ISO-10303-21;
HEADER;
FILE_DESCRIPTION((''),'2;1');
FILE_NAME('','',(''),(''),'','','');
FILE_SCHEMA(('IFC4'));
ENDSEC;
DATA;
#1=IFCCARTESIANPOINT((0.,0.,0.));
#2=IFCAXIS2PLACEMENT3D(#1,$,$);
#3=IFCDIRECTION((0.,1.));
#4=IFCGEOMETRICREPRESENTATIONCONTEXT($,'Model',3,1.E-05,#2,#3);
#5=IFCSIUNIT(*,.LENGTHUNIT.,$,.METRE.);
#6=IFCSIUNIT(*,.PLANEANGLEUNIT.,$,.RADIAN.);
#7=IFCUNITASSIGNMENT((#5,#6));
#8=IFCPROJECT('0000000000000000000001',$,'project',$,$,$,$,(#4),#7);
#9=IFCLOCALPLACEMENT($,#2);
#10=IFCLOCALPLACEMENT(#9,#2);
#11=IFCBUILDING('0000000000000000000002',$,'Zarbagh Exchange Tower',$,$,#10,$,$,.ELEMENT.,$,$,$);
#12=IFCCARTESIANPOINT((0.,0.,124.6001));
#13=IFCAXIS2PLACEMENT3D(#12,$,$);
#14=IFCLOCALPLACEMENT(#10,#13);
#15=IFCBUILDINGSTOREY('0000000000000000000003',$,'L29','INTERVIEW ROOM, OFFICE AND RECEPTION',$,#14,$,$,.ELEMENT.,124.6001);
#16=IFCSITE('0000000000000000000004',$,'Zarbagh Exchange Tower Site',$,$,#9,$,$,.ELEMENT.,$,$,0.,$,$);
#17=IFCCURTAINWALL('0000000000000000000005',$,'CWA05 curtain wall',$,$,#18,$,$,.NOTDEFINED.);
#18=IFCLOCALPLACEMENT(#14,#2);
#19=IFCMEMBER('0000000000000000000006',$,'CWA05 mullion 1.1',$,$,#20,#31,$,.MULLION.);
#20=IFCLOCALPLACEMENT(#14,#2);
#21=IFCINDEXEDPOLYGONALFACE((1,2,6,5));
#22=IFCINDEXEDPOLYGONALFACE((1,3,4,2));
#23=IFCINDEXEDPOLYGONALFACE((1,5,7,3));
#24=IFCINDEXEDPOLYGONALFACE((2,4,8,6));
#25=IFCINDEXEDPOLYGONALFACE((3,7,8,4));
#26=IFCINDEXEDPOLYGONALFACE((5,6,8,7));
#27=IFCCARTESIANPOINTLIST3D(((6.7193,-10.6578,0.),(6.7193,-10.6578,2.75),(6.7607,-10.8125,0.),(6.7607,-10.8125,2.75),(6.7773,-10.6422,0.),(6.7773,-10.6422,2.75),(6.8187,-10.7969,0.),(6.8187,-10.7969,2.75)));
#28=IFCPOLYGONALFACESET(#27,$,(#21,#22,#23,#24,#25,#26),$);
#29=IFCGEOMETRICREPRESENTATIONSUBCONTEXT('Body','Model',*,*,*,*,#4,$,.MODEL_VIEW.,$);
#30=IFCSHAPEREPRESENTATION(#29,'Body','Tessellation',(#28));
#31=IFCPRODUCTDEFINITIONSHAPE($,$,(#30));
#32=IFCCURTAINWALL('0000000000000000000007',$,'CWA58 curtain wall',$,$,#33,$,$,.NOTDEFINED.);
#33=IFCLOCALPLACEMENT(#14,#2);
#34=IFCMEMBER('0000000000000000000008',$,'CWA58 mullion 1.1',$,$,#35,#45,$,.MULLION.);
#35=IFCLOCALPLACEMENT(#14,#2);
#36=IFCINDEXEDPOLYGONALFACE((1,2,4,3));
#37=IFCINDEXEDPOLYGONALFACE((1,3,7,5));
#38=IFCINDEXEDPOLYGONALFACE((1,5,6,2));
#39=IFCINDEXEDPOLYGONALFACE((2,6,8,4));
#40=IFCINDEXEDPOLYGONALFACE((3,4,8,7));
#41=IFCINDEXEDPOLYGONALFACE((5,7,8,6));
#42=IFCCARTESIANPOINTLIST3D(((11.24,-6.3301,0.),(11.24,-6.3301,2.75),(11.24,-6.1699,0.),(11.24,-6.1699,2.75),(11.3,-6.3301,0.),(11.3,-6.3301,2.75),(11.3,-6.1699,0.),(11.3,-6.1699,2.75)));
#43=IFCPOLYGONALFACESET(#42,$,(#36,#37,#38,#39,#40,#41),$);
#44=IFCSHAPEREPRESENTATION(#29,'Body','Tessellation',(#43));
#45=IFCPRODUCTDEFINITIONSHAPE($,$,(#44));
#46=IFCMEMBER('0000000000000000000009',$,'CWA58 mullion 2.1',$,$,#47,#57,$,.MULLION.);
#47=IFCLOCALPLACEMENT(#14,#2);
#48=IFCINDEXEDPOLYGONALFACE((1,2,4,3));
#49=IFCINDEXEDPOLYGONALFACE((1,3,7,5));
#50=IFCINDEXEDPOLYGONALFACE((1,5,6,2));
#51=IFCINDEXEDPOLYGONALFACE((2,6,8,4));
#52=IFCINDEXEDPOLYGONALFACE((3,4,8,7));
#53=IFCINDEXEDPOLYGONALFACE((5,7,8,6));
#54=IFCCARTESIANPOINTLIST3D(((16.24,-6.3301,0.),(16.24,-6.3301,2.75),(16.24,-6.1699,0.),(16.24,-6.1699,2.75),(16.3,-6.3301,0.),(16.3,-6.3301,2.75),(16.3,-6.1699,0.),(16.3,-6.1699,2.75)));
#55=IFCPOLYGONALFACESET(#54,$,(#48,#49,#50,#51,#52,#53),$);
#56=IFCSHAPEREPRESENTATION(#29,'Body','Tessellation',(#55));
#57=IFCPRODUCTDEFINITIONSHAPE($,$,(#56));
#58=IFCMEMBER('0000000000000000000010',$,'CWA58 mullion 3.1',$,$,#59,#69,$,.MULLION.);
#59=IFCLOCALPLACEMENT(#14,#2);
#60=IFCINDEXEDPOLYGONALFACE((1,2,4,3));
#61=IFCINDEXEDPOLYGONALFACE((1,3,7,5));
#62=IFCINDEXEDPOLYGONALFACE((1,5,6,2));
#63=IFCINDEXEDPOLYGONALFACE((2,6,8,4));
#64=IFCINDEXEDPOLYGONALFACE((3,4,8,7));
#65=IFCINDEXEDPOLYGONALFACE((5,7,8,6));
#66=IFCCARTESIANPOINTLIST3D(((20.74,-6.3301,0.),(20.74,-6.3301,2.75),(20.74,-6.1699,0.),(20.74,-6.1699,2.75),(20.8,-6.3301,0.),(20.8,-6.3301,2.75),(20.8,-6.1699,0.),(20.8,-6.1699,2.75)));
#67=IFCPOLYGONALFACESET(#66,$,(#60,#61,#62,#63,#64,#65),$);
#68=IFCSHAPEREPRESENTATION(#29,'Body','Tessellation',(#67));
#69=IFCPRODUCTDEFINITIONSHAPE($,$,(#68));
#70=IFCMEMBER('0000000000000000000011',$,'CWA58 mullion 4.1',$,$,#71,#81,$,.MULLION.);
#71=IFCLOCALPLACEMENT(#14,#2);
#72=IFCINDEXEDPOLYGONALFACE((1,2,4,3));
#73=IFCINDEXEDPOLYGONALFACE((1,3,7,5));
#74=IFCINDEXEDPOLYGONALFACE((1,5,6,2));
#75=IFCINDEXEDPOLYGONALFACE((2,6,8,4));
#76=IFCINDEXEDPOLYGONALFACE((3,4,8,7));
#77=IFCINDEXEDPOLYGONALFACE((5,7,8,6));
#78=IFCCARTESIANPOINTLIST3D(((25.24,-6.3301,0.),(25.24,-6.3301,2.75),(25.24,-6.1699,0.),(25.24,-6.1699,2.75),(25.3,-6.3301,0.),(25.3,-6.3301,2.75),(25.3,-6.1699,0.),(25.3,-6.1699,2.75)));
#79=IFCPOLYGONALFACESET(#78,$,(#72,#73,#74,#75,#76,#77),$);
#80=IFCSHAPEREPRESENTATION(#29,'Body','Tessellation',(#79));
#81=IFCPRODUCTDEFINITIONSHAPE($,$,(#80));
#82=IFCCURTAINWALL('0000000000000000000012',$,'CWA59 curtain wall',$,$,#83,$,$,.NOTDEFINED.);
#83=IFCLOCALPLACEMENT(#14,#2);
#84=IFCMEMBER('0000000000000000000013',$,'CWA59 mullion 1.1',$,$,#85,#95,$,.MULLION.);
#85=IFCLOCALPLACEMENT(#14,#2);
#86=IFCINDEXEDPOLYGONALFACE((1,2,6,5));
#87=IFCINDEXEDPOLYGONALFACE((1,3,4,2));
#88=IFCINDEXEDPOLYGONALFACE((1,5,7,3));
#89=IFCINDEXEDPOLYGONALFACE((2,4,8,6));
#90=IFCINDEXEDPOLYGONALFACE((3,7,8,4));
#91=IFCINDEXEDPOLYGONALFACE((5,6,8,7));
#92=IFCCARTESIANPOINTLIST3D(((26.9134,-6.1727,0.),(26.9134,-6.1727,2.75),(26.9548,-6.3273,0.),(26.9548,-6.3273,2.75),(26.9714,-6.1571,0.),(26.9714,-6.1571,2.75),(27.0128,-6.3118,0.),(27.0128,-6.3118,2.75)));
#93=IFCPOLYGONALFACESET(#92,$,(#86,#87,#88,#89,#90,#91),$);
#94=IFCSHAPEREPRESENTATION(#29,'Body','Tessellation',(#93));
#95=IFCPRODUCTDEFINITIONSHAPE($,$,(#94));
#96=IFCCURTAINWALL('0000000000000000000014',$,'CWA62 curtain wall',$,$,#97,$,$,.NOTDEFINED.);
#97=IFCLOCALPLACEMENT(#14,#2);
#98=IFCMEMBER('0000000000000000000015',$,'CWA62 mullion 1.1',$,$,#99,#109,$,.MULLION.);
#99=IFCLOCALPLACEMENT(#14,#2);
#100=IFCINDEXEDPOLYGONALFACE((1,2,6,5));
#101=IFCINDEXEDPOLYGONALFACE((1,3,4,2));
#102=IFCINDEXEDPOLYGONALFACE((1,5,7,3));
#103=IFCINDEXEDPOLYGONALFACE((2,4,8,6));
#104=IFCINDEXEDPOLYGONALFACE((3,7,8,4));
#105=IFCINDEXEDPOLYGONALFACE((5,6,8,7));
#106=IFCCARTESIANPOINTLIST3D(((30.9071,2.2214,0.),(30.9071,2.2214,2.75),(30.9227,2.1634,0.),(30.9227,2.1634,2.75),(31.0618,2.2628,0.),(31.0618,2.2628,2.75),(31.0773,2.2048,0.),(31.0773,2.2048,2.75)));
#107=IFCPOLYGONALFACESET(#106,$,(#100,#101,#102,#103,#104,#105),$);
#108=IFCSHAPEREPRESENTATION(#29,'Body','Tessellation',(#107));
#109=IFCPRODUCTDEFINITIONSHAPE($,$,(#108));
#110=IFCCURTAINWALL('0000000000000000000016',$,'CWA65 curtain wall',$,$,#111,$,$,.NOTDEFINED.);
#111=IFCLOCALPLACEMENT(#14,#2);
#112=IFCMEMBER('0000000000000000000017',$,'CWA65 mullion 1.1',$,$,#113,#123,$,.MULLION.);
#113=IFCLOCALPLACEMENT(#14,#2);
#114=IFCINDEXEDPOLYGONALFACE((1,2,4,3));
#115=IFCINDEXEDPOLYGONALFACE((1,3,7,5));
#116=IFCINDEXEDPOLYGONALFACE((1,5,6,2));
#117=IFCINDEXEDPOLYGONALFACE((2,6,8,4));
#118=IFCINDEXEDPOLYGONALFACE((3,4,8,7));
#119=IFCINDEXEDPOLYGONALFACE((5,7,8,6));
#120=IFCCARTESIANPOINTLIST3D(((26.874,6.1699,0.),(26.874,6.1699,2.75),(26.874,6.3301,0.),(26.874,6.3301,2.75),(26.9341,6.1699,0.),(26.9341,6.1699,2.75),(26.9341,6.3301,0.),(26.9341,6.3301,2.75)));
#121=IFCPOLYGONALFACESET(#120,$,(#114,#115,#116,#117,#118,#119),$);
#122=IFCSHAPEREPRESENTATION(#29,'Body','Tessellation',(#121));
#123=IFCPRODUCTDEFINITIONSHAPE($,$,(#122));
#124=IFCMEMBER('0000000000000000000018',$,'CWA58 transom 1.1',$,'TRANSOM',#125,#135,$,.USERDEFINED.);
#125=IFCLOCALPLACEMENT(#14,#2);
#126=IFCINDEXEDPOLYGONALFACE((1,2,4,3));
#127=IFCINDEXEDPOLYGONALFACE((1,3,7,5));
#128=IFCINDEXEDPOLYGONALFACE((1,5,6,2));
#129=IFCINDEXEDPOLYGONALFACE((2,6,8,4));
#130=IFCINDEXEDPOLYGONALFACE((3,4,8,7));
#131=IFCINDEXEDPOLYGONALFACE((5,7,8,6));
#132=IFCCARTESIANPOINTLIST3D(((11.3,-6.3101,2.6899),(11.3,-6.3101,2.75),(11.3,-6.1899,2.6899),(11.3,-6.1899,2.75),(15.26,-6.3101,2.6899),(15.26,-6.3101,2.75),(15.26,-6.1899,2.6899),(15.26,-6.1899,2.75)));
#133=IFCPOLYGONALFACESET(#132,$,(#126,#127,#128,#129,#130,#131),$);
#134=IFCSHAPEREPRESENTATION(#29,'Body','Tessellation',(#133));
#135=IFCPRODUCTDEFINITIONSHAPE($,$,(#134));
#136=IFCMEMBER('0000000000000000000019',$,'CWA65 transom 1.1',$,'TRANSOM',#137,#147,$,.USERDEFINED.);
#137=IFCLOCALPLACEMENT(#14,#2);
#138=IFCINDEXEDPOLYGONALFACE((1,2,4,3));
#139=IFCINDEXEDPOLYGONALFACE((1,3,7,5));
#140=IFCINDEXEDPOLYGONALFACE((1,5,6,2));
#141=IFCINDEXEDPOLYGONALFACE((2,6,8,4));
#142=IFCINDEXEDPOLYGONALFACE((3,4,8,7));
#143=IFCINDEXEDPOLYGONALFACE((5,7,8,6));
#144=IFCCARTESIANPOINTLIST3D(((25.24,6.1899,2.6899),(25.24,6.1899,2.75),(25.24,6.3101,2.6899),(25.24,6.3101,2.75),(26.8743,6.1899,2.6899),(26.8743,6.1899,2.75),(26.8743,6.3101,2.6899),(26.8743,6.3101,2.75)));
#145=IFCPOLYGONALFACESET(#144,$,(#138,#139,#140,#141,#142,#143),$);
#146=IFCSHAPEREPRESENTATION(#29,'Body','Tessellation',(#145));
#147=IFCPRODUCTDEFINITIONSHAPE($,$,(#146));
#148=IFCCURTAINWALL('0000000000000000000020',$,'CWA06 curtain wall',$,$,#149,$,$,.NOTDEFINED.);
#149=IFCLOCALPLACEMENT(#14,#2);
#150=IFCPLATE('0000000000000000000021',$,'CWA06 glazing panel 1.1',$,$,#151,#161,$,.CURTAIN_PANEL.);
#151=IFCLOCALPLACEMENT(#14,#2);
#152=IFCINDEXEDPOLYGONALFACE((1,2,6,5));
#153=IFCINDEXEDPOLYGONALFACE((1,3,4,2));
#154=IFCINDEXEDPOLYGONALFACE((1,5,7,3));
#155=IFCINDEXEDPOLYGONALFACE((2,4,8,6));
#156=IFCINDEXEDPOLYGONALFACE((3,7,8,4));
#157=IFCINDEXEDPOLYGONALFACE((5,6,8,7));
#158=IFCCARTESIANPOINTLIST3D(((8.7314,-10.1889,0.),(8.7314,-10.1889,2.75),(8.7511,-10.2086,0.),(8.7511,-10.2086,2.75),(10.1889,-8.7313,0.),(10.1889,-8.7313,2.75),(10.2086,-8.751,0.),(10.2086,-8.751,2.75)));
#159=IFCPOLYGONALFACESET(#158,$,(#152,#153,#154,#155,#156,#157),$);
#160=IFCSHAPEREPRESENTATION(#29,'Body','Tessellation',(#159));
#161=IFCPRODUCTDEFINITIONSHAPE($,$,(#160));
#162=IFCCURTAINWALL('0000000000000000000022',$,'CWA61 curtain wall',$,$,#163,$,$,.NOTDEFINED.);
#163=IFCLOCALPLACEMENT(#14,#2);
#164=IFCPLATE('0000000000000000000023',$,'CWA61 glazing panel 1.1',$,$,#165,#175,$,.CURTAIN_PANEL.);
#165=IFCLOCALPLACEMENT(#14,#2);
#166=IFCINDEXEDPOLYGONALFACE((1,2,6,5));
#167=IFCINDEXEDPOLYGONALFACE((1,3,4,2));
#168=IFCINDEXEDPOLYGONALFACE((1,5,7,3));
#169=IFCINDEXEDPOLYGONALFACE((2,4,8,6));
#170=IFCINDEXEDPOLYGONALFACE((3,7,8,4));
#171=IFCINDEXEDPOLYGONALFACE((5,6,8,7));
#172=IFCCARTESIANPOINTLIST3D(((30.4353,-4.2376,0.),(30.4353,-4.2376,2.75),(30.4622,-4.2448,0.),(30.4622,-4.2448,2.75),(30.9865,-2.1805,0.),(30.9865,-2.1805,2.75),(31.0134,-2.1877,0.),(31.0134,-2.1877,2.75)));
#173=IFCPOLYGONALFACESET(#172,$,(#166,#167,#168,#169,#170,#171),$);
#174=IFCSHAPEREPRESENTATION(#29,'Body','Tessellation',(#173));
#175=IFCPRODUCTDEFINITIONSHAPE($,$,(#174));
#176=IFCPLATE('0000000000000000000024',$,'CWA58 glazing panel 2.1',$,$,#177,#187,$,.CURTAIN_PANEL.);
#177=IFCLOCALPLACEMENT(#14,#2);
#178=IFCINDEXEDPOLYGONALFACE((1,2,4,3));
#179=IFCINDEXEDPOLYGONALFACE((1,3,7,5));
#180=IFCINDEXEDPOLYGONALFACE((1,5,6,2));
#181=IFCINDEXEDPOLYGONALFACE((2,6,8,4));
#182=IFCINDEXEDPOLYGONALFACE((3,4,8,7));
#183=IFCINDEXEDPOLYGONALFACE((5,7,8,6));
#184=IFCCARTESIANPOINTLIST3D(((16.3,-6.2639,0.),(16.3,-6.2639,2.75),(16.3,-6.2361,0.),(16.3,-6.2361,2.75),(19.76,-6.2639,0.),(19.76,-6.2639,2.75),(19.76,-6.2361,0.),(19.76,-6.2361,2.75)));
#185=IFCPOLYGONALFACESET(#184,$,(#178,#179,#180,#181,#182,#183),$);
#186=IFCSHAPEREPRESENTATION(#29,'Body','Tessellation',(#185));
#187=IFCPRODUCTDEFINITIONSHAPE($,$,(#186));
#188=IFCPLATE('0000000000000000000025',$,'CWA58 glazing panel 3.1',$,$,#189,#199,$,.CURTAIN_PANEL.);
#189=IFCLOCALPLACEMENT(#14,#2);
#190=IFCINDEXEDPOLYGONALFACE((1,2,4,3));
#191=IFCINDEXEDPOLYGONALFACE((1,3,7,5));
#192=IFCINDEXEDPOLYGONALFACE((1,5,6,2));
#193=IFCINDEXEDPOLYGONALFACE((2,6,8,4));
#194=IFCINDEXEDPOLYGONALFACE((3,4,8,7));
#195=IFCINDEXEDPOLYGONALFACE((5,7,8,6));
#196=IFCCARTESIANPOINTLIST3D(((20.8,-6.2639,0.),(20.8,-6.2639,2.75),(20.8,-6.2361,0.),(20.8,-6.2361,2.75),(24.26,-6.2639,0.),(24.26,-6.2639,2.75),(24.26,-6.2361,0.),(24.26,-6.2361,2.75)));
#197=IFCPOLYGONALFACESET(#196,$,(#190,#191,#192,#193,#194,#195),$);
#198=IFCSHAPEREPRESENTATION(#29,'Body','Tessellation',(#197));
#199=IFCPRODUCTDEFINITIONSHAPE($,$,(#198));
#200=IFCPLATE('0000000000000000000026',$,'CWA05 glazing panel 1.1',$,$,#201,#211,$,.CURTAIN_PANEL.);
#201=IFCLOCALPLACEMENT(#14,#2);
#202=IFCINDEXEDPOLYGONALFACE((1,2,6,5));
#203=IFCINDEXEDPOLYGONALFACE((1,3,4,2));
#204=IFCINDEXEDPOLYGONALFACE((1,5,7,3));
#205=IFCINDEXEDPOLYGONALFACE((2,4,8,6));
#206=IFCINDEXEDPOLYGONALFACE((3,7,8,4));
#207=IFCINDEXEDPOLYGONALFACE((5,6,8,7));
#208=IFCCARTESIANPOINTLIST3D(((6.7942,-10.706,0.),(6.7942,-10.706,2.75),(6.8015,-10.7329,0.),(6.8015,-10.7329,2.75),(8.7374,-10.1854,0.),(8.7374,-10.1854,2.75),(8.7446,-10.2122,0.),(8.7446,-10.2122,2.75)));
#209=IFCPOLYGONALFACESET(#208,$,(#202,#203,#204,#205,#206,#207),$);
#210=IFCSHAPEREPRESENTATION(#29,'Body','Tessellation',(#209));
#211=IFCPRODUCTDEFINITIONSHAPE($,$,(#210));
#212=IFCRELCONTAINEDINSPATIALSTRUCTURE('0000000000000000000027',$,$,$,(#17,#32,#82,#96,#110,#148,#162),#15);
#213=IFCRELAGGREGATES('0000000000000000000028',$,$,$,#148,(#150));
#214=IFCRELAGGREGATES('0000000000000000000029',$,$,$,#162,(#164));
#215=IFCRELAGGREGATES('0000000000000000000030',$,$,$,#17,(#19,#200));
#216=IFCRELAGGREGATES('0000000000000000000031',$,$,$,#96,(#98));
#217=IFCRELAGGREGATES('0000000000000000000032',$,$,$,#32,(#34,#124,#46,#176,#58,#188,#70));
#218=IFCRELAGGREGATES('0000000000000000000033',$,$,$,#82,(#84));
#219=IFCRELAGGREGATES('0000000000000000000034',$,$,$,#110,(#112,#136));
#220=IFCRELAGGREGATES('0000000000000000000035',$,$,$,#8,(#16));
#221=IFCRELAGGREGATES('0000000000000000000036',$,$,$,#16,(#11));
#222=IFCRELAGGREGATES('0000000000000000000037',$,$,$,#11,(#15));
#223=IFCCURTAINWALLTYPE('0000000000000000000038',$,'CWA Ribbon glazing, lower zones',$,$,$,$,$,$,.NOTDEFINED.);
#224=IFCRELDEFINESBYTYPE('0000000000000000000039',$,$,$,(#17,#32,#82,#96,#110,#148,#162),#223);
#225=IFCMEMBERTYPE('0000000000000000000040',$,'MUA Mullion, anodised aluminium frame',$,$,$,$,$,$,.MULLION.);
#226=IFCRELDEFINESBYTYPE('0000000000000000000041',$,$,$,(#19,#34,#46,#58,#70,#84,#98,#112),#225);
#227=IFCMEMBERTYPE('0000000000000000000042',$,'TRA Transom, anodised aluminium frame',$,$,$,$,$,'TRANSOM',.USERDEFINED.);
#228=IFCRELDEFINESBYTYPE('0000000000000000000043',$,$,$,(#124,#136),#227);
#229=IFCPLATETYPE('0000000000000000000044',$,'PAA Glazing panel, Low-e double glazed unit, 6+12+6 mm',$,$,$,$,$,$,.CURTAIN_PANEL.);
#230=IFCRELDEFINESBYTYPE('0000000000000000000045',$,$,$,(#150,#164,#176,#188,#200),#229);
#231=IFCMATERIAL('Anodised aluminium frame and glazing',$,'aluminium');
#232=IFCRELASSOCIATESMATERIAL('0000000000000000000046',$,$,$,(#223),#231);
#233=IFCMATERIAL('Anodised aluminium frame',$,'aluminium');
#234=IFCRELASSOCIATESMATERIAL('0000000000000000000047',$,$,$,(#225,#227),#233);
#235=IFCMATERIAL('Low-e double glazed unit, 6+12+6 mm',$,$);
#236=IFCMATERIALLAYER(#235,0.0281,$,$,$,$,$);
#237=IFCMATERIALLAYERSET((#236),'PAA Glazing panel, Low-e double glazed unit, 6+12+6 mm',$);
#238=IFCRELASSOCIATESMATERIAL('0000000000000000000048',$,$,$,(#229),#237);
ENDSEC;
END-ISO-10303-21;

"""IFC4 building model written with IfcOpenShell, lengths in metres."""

from ifc_helpers import new_model, si_unit, direction, frame, origin, place, context, subcontext, project, spatial, polyline, outline, extrude, source, transform, mapped, material, layer, layer_set, type_object, element, aggregate, save


model = new_model("IFC4")

# Units and contexts
model_context = context("Model", 3, precision=1e-05, world=origin(), true_north=direction((0.0, 1.0)))
body_context = subcontext(model_context, "Body", "Model", "MODEL_VIEW")
ifc_project = project(units=[si_unit("LENGTHUNIT", "METRE"), si_unit("PLANEANGLEUNIT", "RADIAN")], contexts=[model_context])

# Site, building, storey
site_placement = place(None, origin())
site = spatial("IfcSite", under=ifc_project, at=site_placement, Name="Zarbagh Exchange Tower Site", CompositionType="ELEMENT", RefElevation=0.0)
building_placement = place(site_placement, origin())
building = spatial("IfcBuilding", under=site, at=building_placement, Name="Zarbagh Exchange Tower", CompositionType="ELEMENT")
storey_placement = place(building_placement, frame((0.0, 0.0, 124.6001)))
storey = spatial("IfcBuildingStorey", under=building, at=storey_placement, Name="L29", Description="INTERVIEW ROOM, OFFICE AND RECEPTION", CompositionType="ELEMENT", Elevation=124.6001)

# Curtain wall, member
ifc_material_1 = material(Name="Anodised aluminium frame and glazing", Category="aluminium")
curtain_wall_type = type_object("IfcCurtainWallType", Name="CWA Ribbon glazing, lower zones", PredefinedType="NOTDEFINED", material=ifc_material_1)
curtain_wall_1_placement = place(storey_placement, origin())
curtain_wall_1 = element("IfcCurtainWall", 1, at=curtain_wall_1_placement, inside=storey, type_object=curtain_wall_type, Name="CWA05 curtain wall", PredefinedType="NOTDEFINED")
ifc_material_2 = material(Name="Anodised aluminium frame", Category="aluminium")
member_type_1 = type_object("IfcMemberType", Name="MUA Mullion, anodised aluminium frame", PredefinedType="MULLION", material=ifc_material_2)
shared_shape_1 = source(origin(), body_context, "Body", "SweptSolid", [
    extrude(outline(polyline([(0.0, -0.0801), (0.0601, -0.0801), (0.0601, 0.0801), (0.0, 0.0801), (0.0, -0.0801)])), origin(), (0.0, 0.0, 1.0), 2.75),
])
placement = place(storey_placement, origin())
member_1 = element("IfcMember", 2, at=placement, type_object=member_type_1, Name="CWA05 mullion 1.1", PredefinedType="MULLION", context=body_context, shape_type="MappedRepresentation", body=[
    mapped(shared_shape_1, transform((6.74, -10.7351, 0.0), x_axis=(0.965924, 0.258825, 0.0), y_axis=(-0.258825, 0.965924, 0.0), z_axis=(0.0, 0.0, 1.0))),
])

# Curtain wall, members
curtain_wall_2_placement = place(storey_placement, origin())
curtain_wall_2 = element("IfcCurtainWall", 3, at=curtain_wall_2_placement, inside=storey, type_object=curtain_wall_type, Name="CWA58 curtain wall", PredefinedType="NOTDEFINED")
member_2 = element("IfcMember", 4, at=placement, type_object=member_type_1, Name="CWA58 mullion 1.1", PredefinedType="MULLION", context=body_context, shape_type="MappedRepresentation", body=[
    mapped(shared_shape_1, transform((11.24, -6.25, 0.0), x_axis=(1.0, 0.0, 0.0), y_axis=(0.0, 1.0, 0.0), z_axis=(0.0, 0.0, 1.0))),
])
member_3 = element("IfcMember", 5, at=placement, type_object=member_type_1, Name="CWA58 mullion 2.1", PredefinedType="MULLION", context=body_context, shape_type="MappedRepresentation", body=[
    mapped(shared_shape_1, transform((16.24, -6.25, 0.0), x_axis=(1.0, 0.0, 0.0), y_axis=(0.0, 1.0, 0.0), z_axis=(0.0, 0.0, 1.0))),
])
member_4 = element("IfcMember", 6, at=placement, type_object=member_type_1, Name="CWA58 mullion 3.1", PredefinedType="MULLION", context=body_context, shape_type="MappedRepresentation", body=[
    mapped(shared_shape_1, transform((20.74, -6.25, 0.0), x_axis=(1.0, 0.0, 0.0), y_axis=(0.0, 1.0, 0.0), z_axis=(0.0, 0.0, 1.0))),
])
member_5 = element("IfcMember", 7, at=placement, type_object=member_type_1, Name="CWA58 mullion 4.1", PredefinedType="MULLION", context=body_context, shape_type="MappedRepresentation", body=[
    mapped(shared_shape_1, transform((25.24, -6.25, 0.0), x_axis=(1.0, 0.0, 0.0), y_axis=(0.0, 1.0, 0.0), z_axis=(0.0, 0.0, 1.0))),
])

# Curtain walls, members
curtain_wall_3_placement = place(storey_placement, origin())
curtain_wall_3 = element("IfcCurtainWall", 8, at=curtain_wall_3_placement, inside=storey, type_object=curtain_wall_type, Name="CWA59 curtain wall", PredefinedType="NOTDEFINED")
member_6 = element("IfcMember", 9, at=placement, type_object=member_type_1, Name="CWA59 mullion 1.1", PredefinedType="MULLION", context=body_context, shape_type="MappedRepresentation", body=[
    mapped(shared_shape_1, transform((26.9341, -6.25, 0.0), x_axis=(0.965924, 0.258825, 0.0), y_axis=(-0.258825, 0.965924, 0.0), z_axis=(0.0, 0.0, 1.0))),
])
curtain_wall_4_placement = place(storey_placement, origin())
curtain_wall_4 = element("IfcCurtainWall", 10, at=curtain_wall_4_placement, inside=storey, type_object=curtain_wall_type, Name="CWA62 curtain wall", PredefinedType="NOTDEFINED")
member_7 = element("IfcMember", 11, at=placement, type_object=member_type_1, Name="CWA62 mullion 1.1", PredefinedType="MULLION", context=body_context, shape_type="MappedRepresentation", body=[
    mapped(shared_shape_1, transform((31.0, 2.1841, 0.0), x_axis=(-0.258825, 0.965924, 0.0), y_axis=(-0.965924, -0.258825, 0.0), z_axis=(0.0, 0.0, 1.0))),
])
curtain_wall_5_placement = place(storey_placement, origin())
curtain_wall_5 = element("IfcCurtainWall", 12, at=curtain_wall_5_placement, inside=storey, type_object=curtain_wall_type, Name="CWA65 curtain wall", PredefinedType="NOTDEFINED")
member_8 = element("IfcMember", 13, at=placement, type_object=member_type_1, Name="CWA65 mullion 1.1", PredefinedType="MULLION", context=body_context, shape_type="MappedRepresentation", body=[
    mapped(shared_shape_1, transform((26.9341, 6.25, 0.0), x_axis=(-1.0, 0.0, 0.0), y_axis=(0.0, -1.0, 0.0), z_axis=(0.0, 0.0, 1.0))),
])

# Members
member_type_2 = type_object("IfcMemberType", Name="TRA Transom, anodised aluminium frame", ElementType="TRANSOM", PredefinedType="USERDEFINED", material=ifc_material_2)
shared_shape_2 = source(origin(), body_context, "Body", "SweptSolid", [
    extrude(outline(polyline([(-0.0601, -0.0601), (0.0, -0.0601), (0.0, 0.0601), (-0.0601, 0.0601), (-0.0601, -0.0601)])), origin(), (0.0, 0.0, 1.0), 3.96),
])
member_9 = element("IfcMember", 14, at=placement, type_object=member_type_2, Name="CWA58 transom 1.1", ObjectType="TRANSOM", PredefinedType="USERDEFINED", context=body_context, shape_type="MappedRepresentation", body=[
    mapped(shared_shape_2, transform((11.3, -6.25, 2.75), x_axis=(0.0, 0.0, 1.0), y_axis=(0.0, -1.0, 0.0), z_axis=(1.0, 0.0, 0.0))),
])
shared_shape_3 = source(origin(), body_context, "Body", "SweptSolid", [
    extrude(outline(polyline([(-0.0601, -0.0601), (0.0, -0.0601), (0.0, 0.0601), (-0.0601, 0.0601), (-0.0601, -0.0601)])), origin(), (0.0, 0.0, 1.0), 1.6343),
])
member_10 = element("IfcMember", 15, at=placement, type_object=member_type_2, Name="CWA65 transom 1.1", ObjectType="TRANSOM", PredefinedType="USERDEFINED", context=body_context, shape_type="MappedRepresentation", body=[
    mapped(shared_shape_3, transform((26.8743, 6.25, 2.75), x_axis=(0.0, 0.0, 1.0), y_axis=(0.0, 1.0, 0.0), z_axis=(-1.0, 0.0, 0.0))),
])

# Curtain walls, plates
curtain_wall_6_placement = place(storey_placement, origin())
curtain_wall_6 = element("IfcCurtainWall", 16, at=curtain_wall_6_placement, inside=storey, type_object=curtain_wall_type, Name="CWA06 curtain wall", PredefinedType="NOTDEFINED")
ifc_material_3 = material(Name="Low-e double glazed unit, 6+12+6 mm")
ifc_layer = layer(ifc_material_3, 0.0281)
ifc_layer_set = layer_set([ifc_layer], Name="PAA Glazing panel, Low-e double glazed unit, 6+12+6 mm")
plate_type = type_object("IfcPlateType", Name="PAA Glazing panel, Low-e double glazed unit, 6+12+6 mm", PredefinedType="CURTAIN_PANEL", material=ifc_layer_set)
shared_shape_4 = source(origin(), body_context, "Body", "SweptSolid", [
    extrude(outline(polyline([(0.0, -0.0139), (2.0613, -0.0139), (2.0613, 0.0139), (0.0, 0.0139), (0.0, -0.0139)])), origin(), (0.0, 0.0, 1.0), 2.75),
])
plate_1 = element("IfcPlate", 17, at=placement, type_object=plate_type, Name="CWA06 glazing panel 1.1", PredefinedType="CURTAIN_PANEL", context=body_context, shape_type="MappedRepresentation", body=[
    mapped(shared_shape_4, transform((8.7412, -10.1987, 0.0), x_axis=(0.707107, 0.707107, 0.0), y_axis=(-0.707107, 0.707107, 0.0), z_axis=(0.0, 0.0, 1.0))),
])
aggregate(curtain_wall_6, [plate_1])
curtain_wall_7_placement = place(storey_placement, origin())
curtain_wall_7 = element("IfcCurtainWall", 18, at=curtain_wall_7_placement, inside=storey, type_object=curtain_wall_type, Name="CWA61 curtain wall", PredefinedType="NOTDEFINED")
shared_shape_5 = source(origin(), body_context, "Body", "SweptSolid", [
    extrude(outline(polyline([(0.0, -0.0139), (2.1296, -0.0139), (2.1296, 0.0139), (0.0, 0.0139), (0.0, -0.0139)])), origin(), (0.0, 0.0, 1.0), 2.75),
])
plate_2 = element("IfcPlate", 19, at=placement, type_object=plate_type, Name="CWA61 glazing panel 1.1", PredefinedType="CURTAIN_PANEL", context=body_context, shape_type="MappedRepresentation", body=[
    mapped(shared_shape_5, transform((30.4487, -4.2412, 0.0), x_axis=(0.258825, 0.965924, 0.0), y_axis=(-0.965924, 0.258825, 0.0), z_axis=(0.0, 0.0, 1.0))),
])
aggregate(curtain_wall_7, [plate_2])

# Plates
shared_shape_6 = source(origin(), body_context, "Body", "SweptSolid", [
    extrude(outline(polyline([(0.0, -0.0139), (3.46, -0.0139), (3.46, 0.0139), (0.0, 0.0139), (0.0, -0.0139)])), origin(), (0.0, 0.0, 1.0), 2.75),
])
plate_3 = element("IfcPlate", 20, at=placement, type_object=plate_type, Name="CWA58 glazing panel 2.1", PredefinedType="CURTAIN_PANEL", context=body_context, shape_type="MappedRepresentation", body=[
    mapped(shared_shape_6, transform((16.3, -6.25, 0.0), x_axis=(1.0, 0.0, 0.0), y_axis=(0.0, 1.0, 0.0), z_axis=(0.0, 0.0, 1.0))),
])
plate_4 = element("IfcPlate", 21, at=placement, type_object=plate_type, Name="CWA58 glazing panel 3.1", PredefinedType="CURTAIN_PANEL", context=body_context, shape_type="MappedRepresentation", body=[
    mapped(shared_shape_6, transform((20.8, -6.25, 0.0), x_axis=(1.0, 0.0, 0.0), y_axis=(0.0, 1.0, 0.0), z_axis=(0.0, 0.0, 1.0))),
])
shared_shape_7 = source(origin(), body_context, "Body", "SweptSolid", [
    extrude(outline(polyline([(0.0, -0.0139), (2.0117, -0.0139), (2.0117, 0.0139), (0.0, 0.0139), (0.0, -0.0139)])), origin(), (0.0, 0.0, 1.0), 2.75),
])
plate_5 = element("IfcPlate", 22, at=placement, type_object=plate_type, Name="CWA05 glazing panel 1.1", PredefinedType="CURTAIN_PANEL", context=body_context, shape_type="MappedRepresentation", body=[
    mapped(shared_shape_7, transform((6.7979, -10.7195, 0.0), x_axis=(0.965924, 0.258825, 0.0), y_axis=(-0.258825, 0.965924, 0.0), z_axis=(0.0, 0.0, 1.0))),
])
aggregate(curtain_wall_1, [member_1, plate_5])

aggregate(curtain_wall_4, [member_7])
aggregate(curtain_wall_2, [member_2, member_9, member_3, plate_3, member_4, plate_4, member_5])
aggregate(curtain_wall_3, [member_6])

aggregate(curtain_wall_5, [member_8, member_10])

save(model, "model.ifc")
